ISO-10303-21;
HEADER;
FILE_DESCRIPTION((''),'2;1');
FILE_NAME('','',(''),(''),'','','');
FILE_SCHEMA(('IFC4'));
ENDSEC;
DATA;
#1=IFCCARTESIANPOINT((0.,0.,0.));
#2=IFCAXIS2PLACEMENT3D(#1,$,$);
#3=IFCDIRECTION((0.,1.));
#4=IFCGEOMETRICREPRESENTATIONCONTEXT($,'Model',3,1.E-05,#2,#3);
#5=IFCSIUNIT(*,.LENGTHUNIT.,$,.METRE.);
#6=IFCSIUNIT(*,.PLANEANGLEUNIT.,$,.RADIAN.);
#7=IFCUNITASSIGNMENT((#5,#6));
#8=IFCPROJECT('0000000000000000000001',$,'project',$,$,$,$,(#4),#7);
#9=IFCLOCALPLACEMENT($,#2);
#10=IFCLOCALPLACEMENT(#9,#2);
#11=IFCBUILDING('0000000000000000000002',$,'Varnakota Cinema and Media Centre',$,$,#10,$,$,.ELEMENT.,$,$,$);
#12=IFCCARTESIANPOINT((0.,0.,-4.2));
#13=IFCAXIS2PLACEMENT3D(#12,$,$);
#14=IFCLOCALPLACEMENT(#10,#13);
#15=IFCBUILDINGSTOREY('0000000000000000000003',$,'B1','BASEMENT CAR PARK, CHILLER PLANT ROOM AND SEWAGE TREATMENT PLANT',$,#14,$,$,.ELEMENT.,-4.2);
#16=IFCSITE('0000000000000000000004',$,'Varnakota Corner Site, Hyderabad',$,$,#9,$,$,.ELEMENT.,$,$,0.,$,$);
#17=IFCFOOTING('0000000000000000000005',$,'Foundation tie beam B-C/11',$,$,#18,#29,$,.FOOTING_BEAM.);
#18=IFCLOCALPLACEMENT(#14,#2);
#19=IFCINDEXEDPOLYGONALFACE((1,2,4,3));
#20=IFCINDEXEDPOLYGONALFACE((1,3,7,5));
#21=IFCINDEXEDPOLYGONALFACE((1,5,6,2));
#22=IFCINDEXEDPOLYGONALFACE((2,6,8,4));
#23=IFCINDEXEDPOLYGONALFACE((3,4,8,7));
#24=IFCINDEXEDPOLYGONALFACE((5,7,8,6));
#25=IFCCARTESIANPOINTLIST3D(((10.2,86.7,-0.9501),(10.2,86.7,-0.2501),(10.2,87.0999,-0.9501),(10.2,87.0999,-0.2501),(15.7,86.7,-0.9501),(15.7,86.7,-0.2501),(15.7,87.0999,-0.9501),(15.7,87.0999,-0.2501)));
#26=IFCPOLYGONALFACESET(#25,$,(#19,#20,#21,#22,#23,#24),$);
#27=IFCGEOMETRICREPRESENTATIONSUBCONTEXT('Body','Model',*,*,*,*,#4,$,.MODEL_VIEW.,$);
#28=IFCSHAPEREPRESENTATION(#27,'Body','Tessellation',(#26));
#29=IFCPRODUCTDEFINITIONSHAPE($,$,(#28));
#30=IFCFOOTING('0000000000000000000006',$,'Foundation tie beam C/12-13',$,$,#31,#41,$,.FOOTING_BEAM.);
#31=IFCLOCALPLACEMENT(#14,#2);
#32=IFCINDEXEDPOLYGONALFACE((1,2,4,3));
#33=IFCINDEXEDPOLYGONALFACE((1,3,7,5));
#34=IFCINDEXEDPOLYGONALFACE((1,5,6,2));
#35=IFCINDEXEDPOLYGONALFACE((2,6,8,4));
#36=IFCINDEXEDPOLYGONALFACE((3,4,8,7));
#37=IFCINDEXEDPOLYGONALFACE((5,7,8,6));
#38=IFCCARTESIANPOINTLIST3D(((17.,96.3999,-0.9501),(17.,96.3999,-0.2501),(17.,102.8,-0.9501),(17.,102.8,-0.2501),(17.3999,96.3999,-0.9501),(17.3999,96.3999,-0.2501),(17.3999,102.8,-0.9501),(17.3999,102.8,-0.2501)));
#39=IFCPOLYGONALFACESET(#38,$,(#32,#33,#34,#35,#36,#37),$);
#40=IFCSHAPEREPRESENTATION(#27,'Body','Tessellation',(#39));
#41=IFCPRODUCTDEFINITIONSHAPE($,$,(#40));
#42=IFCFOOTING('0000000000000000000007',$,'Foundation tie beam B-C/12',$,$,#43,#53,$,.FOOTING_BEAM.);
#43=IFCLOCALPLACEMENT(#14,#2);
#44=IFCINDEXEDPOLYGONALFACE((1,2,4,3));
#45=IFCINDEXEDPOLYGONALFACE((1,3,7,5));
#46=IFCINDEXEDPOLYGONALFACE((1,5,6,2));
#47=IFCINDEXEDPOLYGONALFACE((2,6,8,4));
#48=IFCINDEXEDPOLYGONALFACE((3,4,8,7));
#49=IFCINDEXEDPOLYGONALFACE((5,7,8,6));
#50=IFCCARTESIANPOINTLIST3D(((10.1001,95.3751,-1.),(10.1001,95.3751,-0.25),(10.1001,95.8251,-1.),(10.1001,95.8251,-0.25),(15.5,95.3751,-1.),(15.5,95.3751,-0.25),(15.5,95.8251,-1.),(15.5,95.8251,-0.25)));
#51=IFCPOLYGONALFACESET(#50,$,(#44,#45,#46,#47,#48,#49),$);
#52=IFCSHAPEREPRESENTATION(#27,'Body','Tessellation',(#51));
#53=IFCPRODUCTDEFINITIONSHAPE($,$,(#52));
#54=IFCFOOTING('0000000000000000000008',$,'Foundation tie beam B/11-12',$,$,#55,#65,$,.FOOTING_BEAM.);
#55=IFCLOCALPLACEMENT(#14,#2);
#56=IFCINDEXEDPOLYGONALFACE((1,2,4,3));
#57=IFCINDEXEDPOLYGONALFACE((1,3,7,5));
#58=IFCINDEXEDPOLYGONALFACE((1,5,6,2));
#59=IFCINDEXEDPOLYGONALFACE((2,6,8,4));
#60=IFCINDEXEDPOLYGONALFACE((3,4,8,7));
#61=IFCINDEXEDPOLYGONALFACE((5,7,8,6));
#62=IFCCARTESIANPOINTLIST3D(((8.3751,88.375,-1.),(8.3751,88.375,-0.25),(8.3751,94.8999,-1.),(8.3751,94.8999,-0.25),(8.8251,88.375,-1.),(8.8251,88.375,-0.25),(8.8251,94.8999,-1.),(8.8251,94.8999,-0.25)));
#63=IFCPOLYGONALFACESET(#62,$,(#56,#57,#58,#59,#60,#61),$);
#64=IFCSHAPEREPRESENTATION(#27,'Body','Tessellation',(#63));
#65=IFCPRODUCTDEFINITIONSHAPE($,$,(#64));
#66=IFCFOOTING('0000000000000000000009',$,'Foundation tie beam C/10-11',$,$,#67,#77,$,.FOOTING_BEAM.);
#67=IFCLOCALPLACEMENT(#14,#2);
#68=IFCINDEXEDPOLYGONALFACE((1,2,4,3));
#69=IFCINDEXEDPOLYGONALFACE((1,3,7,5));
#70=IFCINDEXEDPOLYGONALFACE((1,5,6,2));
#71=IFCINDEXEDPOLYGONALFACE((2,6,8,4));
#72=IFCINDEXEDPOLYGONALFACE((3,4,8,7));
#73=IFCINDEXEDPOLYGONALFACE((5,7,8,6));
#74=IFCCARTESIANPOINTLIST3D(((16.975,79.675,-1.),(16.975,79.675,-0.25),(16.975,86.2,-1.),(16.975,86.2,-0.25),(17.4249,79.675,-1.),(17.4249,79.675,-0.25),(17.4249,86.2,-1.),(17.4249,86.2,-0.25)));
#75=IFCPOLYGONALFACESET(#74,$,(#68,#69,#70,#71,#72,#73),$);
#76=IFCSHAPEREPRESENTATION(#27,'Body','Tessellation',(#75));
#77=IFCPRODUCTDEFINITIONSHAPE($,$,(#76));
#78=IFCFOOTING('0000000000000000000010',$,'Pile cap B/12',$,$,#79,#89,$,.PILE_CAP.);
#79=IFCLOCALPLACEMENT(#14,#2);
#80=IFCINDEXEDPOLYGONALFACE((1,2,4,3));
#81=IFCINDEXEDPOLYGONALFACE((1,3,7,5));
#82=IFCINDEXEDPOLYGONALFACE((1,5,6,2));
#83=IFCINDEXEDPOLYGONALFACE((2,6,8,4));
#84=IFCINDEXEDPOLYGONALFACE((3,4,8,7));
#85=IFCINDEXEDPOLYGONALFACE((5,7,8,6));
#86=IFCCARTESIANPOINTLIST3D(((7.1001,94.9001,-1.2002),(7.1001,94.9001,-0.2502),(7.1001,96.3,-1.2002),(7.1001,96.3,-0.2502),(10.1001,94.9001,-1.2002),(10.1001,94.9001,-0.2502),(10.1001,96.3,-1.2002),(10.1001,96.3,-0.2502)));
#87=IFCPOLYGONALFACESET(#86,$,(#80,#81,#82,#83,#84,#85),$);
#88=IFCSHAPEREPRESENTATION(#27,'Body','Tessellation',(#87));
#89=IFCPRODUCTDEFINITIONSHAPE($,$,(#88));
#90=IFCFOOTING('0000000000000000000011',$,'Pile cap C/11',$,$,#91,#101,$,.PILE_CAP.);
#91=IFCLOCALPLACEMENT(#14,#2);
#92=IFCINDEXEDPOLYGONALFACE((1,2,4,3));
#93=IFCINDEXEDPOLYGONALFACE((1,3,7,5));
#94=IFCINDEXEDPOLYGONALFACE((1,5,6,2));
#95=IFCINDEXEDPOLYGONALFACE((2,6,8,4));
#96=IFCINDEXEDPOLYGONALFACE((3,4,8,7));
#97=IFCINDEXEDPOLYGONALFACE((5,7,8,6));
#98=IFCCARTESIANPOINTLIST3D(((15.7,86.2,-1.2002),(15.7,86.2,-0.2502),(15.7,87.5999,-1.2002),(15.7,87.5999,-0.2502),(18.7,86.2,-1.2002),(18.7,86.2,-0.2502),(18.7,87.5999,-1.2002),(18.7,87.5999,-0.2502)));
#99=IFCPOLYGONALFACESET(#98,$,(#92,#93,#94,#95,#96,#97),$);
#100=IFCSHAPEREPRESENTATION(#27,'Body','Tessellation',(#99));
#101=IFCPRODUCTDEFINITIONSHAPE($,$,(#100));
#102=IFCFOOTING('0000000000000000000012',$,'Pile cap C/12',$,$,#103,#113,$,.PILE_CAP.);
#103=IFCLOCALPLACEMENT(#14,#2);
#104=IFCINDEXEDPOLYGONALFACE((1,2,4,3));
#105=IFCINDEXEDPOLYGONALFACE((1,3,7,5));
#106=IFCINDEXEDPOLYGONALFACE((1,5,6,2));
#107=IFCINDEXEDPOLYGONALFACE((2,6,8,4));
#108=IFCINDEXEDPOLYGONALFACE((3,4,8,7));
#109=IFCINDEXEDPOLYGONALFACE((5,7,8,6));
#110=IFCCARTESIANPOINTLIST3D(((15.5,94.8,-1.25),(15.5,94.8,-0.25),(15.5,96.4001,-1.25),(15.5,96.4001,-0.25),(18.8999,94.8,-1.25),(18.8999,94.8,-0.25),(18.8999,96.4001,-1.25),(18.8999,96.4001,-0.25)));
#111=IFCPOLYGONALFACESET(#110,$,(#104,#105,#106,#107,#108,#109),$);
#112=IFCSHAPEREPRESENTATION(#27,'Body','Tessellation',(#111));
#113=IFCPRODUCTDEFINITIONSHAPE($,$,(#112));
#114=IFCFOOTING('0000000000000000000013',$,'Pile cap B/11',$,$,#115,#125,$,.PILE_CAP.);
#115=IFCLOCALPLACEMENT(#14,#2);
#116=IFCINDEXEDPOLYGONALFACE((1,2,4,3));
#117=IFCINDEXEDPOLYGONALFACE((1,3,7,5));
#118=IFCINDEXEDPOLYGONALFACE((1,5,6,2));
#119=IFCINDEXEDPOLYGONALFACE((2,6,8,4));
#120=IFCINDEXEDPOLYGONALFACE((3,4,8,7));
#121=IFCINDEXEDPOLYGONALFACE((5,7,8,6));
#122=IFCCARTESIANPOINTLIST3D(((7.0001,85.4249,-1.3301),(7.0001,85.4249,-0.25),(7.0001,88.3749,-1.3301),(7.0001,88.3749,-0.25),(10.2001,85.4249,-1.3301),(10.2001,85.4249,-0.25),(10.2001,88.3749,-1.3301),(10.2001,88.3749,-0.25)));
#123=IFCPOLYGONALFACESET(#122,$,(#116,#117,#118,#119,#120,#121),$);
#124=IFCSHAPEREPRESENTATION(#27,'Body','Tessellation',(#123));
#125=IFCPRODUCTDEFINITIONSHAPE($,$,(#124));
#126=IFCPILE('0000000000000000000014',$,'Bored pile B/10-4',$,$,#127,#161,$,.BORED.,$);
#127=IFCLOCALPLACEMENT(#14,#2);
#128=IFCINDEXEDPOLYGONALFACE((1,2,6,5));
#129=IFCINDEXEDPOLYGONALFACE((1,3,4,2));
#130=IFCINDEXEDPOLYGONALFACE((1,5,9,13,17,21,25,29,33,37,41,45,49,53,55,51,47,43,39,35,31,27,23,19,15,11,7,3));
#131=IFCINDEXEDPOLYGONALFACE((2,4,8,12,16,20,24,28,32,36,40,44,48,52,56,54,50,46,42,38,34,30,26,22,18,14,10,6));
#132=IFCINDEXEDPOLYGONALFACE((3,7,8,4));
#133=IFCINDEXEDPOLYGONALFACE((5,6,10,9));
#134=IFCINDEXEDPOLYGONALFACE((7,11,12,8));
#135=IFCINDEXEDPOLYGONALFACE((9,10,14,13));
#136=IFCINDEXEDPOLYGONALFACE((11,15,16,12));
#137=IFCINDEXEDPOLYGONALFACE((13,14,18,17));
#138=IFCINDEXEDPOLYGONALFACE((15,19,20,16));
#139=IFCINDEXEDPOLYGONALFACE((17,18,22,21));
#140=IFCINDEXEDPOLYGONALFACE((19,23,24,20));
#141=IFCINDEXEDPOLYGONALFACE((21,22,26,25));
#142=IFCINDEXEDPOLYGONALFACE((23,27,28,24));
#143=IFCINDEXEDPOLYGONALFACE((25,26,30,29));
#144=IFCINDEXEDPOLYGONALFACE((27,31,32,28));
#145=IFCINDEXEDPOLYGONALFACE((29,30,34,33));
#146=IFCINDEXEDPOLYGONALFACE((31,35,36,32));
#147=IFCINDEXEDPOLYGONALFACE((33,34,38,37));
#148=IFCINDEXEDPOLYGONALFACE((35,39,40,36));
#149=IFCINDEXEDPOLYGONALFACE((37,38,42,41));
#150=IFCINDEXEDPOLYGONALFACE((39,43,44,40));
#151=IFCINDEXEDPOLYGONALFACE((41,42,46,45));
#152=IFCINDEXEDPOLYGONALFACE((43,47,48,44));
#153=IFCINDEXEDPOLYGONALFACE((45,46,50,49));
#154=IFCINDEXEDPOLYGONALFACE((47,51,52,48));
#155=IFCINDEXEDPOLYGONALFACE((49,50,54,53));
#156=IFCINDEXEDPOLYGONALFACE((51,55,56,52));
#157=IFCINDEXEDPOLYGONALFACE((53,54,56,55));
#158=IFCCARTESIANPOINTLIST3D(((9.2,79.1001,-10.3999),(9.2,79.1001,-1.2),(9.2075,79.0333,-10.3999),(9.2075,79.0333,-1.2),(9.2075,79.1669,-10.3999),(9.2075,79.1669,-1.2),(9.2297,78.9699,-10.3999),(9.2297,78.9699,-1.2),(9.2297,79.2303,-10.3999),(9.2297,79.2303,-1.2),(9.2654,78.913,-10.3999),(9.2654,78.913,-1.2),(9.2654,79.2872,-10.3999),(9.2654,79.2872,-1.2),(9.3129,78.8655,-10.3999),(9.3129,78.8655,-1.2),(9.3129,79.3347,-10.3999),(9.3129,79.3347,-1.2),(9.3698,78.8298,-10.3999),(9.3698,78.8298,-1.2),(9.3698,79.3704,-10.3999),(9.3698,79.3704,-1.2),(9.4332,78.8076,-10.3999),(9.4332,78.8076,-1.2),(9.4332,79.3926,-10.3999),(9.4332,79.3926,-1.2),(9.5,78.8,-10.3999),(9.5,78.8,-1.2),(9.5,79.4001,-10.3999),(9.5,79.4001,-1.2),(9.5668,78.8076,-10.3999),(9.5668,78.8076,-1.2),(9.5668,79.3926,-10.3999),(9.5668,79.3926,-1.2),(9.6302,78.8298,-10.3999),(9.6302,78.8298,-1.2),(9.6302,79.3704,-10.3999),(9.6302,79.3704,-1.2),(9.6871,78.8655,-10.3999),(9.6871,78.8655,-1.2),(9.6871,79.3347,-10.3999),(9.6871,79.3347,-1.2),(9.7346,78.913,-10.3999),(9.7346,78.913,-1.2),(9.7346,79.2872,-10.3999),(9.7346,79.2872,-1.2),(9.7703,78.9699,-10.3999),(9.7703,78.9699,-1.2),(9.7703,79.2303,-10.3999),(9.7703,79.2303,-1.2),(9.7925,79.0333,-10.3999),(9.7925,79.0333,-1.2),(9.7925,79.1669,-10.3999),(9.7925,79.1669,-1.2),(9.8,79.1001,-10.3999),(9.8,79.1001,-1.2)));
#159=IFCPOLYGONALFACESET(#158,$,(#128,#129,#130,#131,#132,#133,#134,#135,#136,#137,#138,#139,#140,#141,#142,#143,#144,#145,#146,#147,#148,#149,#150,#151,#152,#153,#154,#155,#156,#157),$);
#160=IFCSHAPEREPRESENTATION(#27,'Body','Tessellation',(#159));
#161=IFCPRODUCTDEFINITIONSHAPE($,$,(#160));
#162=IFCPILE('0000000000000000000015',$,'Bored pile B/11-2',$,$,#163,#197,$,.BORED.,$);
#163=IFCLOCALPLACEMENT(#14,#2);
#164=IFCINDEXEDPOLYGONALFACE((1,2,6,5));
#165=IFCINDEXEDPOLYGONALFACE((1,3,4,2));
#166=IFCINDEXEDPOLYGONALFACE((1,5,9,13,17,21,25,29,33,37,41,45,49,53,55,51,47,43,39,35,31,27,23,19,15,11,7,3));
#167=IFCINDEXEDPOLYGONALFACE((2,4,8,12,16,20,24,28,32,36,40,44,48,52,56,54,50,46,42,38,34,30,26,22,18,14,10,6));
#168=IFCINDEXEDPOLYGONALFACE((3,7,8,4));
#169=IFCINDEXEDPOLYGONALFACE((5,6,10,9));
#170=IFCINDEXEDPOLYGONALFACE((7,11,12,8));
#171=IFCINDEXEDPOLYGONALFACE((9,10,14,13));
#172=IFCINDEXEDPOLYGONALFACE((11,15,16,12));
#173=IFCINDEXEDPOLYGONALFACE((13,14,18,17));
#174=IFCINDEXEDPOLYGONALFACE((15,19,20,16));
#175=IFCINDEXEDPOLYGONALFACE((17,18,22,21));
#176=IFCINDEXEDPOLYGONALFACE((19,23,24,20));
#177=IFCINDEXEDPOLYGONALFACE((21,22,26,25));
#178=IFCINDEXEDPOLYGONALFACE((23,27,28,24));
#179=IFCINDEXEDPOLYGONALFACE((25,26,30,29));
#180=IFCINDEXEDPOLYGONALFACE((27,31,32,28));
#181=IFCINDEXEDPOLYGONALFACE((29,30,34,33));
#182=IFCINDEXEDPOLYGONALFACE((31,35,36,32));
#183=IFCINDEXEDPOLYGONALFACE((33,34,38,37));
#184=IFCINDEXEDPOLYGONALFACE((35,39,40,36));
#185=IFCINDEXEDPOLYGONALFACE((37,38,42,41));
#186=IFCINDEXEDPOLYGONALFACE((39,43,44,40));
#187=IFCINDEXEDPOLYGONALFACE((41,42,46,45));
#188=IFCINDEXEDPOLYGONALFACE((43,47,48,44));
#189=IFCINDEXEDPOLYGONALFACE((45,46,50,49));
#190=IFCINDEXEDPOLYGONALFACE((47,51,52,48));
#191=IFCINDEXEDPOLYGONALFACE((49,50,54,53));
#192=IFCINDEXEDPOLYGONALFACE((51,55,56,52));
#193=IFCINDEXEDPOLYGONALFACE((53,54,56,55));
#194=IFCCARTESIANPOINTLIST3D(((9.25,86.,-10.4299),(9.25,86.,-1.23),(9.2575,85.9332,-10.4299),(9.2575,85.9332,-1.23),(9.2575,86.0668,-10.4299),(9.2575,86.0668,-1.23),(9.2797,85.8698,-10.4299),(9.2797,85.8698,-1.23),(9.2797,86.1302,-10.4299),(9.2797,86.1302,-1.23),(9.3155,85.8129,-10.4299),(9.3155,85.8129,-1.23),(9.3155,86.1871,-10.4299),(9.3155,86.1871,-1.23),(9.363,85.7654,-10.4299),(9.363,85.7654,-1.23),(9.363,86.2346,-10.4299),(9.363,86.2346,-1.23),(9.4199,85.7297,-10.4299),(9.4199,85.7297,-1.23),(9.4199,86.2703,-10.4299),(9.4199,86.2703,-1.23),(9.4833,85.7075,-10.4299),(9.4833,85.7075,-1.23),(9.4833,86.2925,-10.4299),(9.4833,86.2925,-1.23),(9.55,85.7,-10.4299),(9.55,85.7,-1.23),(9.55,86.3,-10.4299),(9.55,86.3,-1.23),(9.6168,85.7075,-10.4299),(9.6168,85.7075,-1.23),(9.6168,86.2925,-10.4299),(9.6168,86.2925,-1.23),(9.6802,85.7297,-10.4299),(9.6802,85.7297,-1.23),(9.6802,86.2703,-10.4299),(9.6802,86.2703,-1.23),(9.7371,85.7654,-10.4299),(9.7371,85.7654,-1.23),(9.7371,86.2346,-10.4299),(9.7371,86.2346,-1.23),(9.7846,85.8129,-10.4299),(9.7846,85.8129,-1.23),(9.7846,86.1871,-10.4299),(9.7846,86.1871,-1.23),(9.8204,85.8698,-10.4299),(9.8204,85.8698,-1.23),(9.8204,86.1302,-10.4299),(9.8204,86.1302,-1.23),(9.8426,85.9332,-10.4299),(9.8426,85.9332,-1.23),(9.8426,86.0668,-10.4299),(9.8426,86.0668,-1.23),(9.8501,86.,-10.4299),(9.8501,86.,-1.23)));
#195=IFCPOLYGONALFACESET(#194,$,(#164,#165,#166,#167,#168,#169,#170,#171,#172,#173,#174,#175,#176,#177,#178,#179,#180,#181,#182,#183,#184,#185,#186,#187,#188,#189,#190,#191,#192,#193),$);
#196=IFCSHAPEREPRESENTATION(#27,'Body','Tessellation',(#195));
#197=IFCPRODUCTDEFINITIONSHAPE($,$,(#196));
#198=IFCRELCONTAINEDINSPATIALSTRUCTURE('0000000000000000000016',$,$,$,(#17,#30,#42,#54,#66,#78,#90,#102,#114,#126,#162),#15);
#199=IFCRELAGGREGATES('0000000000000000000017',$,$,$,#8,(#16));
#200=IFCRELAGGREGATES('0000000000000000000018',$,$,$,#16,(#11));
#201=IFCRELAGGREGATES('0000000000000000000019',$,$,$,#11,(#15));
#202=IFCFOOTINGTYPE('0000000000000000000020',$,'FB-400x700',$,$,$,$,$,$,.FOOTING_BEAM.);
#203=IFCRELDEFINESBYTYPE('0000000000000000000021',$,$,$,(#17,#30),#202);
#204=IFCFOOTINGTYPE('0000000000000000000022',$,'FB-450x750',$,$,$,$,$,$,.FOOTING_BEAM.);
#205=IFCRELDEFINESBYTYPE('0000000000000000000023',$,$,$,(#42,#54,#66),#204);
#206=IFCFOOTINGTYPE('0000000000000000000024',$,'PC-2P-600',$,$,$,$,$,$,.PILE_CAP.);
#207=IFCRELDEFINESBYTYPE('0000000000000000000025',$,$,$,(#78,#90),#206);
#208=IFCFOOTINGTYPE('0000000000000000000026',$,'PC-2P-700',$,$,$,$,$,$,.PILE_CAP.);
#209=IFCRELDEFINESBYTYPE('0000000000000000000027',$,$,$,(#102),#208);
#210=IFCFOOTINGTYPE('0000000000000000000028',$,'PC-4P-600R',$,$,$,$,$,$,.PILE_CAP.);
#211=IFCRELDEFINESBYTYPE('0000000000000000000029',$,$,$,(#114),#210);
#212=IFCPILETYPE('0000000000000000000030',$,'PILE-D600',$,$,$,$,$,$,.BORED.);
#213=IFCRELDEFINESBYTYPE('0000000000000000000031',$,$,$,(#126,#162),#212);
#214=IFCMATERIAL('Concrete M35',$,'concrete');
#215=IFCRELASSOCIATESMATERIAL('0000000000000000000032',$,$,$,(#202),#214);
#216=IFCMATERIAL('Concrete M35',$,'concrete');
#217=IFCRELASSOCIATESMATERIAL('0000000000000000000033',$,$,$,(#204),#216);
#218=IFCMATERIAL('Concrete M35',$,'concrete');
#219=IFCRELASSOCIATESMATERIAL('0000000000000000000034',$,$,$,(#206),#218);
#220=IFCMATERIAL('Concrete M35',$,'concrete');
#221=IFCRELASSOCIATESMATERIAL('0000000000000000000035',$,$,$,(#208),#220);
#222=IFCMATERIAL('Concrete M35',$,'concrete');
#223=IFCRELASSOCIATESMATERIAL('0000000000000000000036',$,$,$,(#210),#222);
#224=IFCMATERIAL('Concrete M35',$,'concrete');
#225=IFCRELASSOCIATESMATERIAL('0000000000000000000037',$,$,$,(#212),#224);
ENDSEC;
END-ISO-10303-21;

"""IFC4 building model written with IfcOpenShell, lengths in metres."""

from ifc_helpers import new_model, si_unit, direction, frame, origin, origin_2d, place, context, subcontext, project, spatial, rectangle, circle, extrude, material, material_profile, profile_set, type_object, element, save


model = new_model("IFC4")

# Units and contexts
model_context = context("Model", 3, precision=1e-05, world=origin(), true_north=direction((0.0, 1.0)))
body_context = subcontext(model_context, "Body", "Model", "MODEL_VIEW")
ifc_project = project(units=[si_unit("LENGTHUNIT", "METRE"), si_unit("PLANEANGLEUNIT", "RADIAN")], contexts=[model_context])

# Site, building, storey
site_placement = place(None, origin())
site = spatial("IfcSite", under=ifc_project, at=site_placement, Name="Varnakota Corner Site, Hyderabad", CompositionType="ELEMENT", RefElevation=0.0)
building_placement = place(site_placement, origin())
building = spatial("IfcBuilding", under=site, at=building_placement, Name="Varnakota Cinema and Media Centre", CompositionType="ELEMENT")
storey_placement = place(building_placement, frame((0.0, 0.0, -4.2)))
storey = spatial("IfcBuildingStorey", under=building, at=storey_placement, Name="B1", Description="BASEMENT CAR PARK, CHILLER PLANT ROOM AND SEWAGE TREATMENT PLANT", CompositionType="ELEMENT", Elevation=-4.2)

# Footings
ifc_material_1 = material(Name="Concrete M35", Category="concrete")
ifc_material_profile_1 = material_profile(ifc_material_1, rectangle(XDim=0.3999, YDim=0.7, at=origin_2d()), Name="FB 400x700")
ifc_profile_set_1 = profile_set([ifc_material_profile_1], Name="Concrete M35")
footing_type_1 = type_object("IfcFootingType", Name="FB-400x700", PredefinedType="FOOTING_BEAM", material=ifc_profile_set_1)
footing_1_placement = place(storey_placement, frame((10.2, 86.8999, -0.6001), z_axis=(1.0, 0.0, 0.0), x_axis=(0.0, 1.0, 0.0)))
element("IfcFooting", 1, at=footing_1_placement, inside=storey, type_object=footing_type_1, Name="Foundation tie beam B-C/11", PredefinedType="FOOTING_BEAM", context=body_context, shape_type="SweptSolid", body=[
    extrude(rectangle(XDim=0.3999, YDim=0.7, at=origin_2d()), origin(), (0.0, 0.0, 1.0), 5.5),
])
footing_2_placement = place(storey_placement, frame((17.2, 96.3999, -0.6001), z_axis=(0.0, 1.0, 0.0), x_axis=(-1.0, 0.0, 0.0)))
element("IfcFooting", 2, at=footing_2_placement, inside=storey, type_object=footing_type_1, Name="Foundation tie beam C/12-13", PredefinedType="FOOTING_BEAM", context=body_context, shape_type="SweptSolid", body=[
    extrude(rectangle(XDim=0.3999, YDim=0.7, at=origin_2d()), origin(), (0.0, 0.0, 1.0), 6.4001),
])
ifc_material_2 = material(Name="Concrete M35", Category="concrete")
ifc_material_profile_2 = material_profile(ifc_material_2, rectangle(XDim=0.45, YDim=0.75, at=origin_2d()), Name="FB 450x750")
ifc_profile_set_2 = profile_set([ifc_material_profile_2], Name="Concrete M35")
footing_type_2 = type_object("IfcFootingType", Name="FB-450x750", PredefinedType="FOOTING_BEAM", material=ifc_profile_set_2)
footing_3_placement = place(storey_placement, frame((10.1001, 95.6001, -0.625), z_axis=(1.0, 0.0, 0.0), x_axis=(0.0, 1.0, 0.0)))
element("IfcFooting", 3, at=footing_3_placement, inside=storey, type_object=footing_type_2, Name="Foundation tie beam B-C/12", PredefinedType="FOOTING_BEAM", context=body_context, shape_type="SweptSolid", body=[
    extrude(rectangle(XDim=0.45, YDim=0.75, at=origin_2d()), origin(), (0.0, 0.0, 1.0), 5.3999),
])
for number, where, z_axis, x_axis, name in (
    (4, (8.6001, 88.375, -0.625), (0.0, 1.0, 0.0), (-1.0, 0.0, 0.0), "Foundation tie beam B/11-12"),
    (5, (17.2, 79.675, -0.625), (0.0, 1.0, 0.0), (-1.0, 0.0, 0.0), "Foundation tie beam C/10-11"),
):
    element("IfcFooting", number, at=place(storey_placement, frame(where, z_axis=z_axis, x_axis=x_axis)), inside=storey, type_object=footing_type_2, Name=name, PredefinedType="FOOTING_BEAM", context=body_context, shape_type="SweptSolid", body=[
        extrude(rectangle(XDim=0.45, YDim=0.75, at=origin_2d()), origin(), (0.0, 0.0, 1.0), 6.5249),
    ])
ifc_material_3 = material(Name="Concrete M35", Category="concrete")
footing_type_3 = type_object("IfcFootingType", Name="PC-2P-600", PredefinedType="PILE_CAP", material=ifc_material_3)
for number, where, z_axis, x_axis, name in (
    (6, (8.6001, 95.6001, -1.2002), (0.0, 0.0, 1.0), (1.0, 0.0, 0.0), "Pile cap B/12"),
    (7, (17.2, 86.8999, -1.2002), (0.0, 0.0, 1.0), (1.0, 0.0, 0.0), "Pile cap C/11"),
):
    element("IfcFooting", number, at=place(storey_placement, frame(where, z_axis=z_axis, x_axis=x_axis)), inside=storey, type_object=footing_type_3, Name=name, PredefinedType="PILE_CAP", context=body_context, shape_type="SweptSolid", body=[
        extrude(rectangle(XDim=3.0, YDim=1.3999, at=origin_2d()), origin(), (0.0, 0.0, 1.0), 0.95),
    ])
ifc_material_4 = material(Name="Concrete M35", Category="concrete")
footing_type_4 = type_object("IfcFootingType", Name="PC-2P-700", PredefinedType="PILE_CAP", material=ifc_material_4)
footing_4_placement = place(storey_placement, frame((17.2, 95.6001, -1.25), z_axis=(0.0, 0.0, 1.0), x_axis=(1.0, 0.0, 0.0)))
element("IfcFooting", 8, at=footing_4_placement, inside=storey, type_object=footing_type_4, Name="Pile cap C/12", PredefinedType="PILE_CAP", context=body_context, shape_type="SweptSolid", body=[
    extrude(rectangle(XDim=3.3999, YDim=1.6001, at=origin_2d()), origin(), (0.0, 0.0, 1.0), 1.0),
])
ifc_material_5 = material(Name="Concrete M35", Category="concrete")
footing_type_5 = type_object("IfcFootingType", Name="PC-4P-600R", PredefinedType="PILE_CAP", material=ifc_material_5)
footing_5_placement = place(storey_placement, frame((8.6001, 86.8999, -1.3301), z_axis=(0.0, 0.0, 1.0), x_axis=(1.0, 0.0, 0.0)))
element("IfcFooting", 9, at=footing_5_placement, inside=storey, type_object=footing_type_5, Name="Pile cap B/11", PredefinedType="PILE_CAP", context=body_context, shape_type="SweptSolid", body=[
    extrude(rectangle(XDim=3.2, YDim=2.95, at=origin_2d()), origin(), (0.0, 0.0, 1.0), 1.0801),
])

# Piles
ifc_material_6 = material(Name="Concrete M35", Category="concrete")
ifc_material_profile_3 = material_profile(ifc_material_6, circle(Radius=0.3, at=origin_2d()), Name="PILE D600")
ifc_profile_set_3 = profile_set([ifc_material_profile_3], Name="Concrete M35")
pile_type_1 = type_object("IfcPileType", Name="PILE-D600", PredefinedType="BORED", material=ifc_profile_set_3)
for number, where, z_axis, x_axis, name in (
    (10, (9.5, 79.1001, -1.2), (0.0, 0.0, -1.0), (1.0, 0.0, 0.0), "Bored pile B/10-4"),
    (11, (9.55, 86.0, -1.23), (0.0, 0.0, -1.0), (1.0, 0.0, 0.0), "Bored pile B/11-2"),
):
    element("IfcPile", number, at=place(storey_placement, frame(where, z_axis=z_axis, x_axis=x_axis)), inside=storey, type_object=pile_type_1, Name=name, PredefinedType="BORED", context=body_context, shape_type="SweptSolid", body=[
        extrude(circle(Radius=0.3, at=origin_2d()), origin(), (0.0, 0.0, 1.0), 9.2),
    ])

save(model, "model.ifc")
